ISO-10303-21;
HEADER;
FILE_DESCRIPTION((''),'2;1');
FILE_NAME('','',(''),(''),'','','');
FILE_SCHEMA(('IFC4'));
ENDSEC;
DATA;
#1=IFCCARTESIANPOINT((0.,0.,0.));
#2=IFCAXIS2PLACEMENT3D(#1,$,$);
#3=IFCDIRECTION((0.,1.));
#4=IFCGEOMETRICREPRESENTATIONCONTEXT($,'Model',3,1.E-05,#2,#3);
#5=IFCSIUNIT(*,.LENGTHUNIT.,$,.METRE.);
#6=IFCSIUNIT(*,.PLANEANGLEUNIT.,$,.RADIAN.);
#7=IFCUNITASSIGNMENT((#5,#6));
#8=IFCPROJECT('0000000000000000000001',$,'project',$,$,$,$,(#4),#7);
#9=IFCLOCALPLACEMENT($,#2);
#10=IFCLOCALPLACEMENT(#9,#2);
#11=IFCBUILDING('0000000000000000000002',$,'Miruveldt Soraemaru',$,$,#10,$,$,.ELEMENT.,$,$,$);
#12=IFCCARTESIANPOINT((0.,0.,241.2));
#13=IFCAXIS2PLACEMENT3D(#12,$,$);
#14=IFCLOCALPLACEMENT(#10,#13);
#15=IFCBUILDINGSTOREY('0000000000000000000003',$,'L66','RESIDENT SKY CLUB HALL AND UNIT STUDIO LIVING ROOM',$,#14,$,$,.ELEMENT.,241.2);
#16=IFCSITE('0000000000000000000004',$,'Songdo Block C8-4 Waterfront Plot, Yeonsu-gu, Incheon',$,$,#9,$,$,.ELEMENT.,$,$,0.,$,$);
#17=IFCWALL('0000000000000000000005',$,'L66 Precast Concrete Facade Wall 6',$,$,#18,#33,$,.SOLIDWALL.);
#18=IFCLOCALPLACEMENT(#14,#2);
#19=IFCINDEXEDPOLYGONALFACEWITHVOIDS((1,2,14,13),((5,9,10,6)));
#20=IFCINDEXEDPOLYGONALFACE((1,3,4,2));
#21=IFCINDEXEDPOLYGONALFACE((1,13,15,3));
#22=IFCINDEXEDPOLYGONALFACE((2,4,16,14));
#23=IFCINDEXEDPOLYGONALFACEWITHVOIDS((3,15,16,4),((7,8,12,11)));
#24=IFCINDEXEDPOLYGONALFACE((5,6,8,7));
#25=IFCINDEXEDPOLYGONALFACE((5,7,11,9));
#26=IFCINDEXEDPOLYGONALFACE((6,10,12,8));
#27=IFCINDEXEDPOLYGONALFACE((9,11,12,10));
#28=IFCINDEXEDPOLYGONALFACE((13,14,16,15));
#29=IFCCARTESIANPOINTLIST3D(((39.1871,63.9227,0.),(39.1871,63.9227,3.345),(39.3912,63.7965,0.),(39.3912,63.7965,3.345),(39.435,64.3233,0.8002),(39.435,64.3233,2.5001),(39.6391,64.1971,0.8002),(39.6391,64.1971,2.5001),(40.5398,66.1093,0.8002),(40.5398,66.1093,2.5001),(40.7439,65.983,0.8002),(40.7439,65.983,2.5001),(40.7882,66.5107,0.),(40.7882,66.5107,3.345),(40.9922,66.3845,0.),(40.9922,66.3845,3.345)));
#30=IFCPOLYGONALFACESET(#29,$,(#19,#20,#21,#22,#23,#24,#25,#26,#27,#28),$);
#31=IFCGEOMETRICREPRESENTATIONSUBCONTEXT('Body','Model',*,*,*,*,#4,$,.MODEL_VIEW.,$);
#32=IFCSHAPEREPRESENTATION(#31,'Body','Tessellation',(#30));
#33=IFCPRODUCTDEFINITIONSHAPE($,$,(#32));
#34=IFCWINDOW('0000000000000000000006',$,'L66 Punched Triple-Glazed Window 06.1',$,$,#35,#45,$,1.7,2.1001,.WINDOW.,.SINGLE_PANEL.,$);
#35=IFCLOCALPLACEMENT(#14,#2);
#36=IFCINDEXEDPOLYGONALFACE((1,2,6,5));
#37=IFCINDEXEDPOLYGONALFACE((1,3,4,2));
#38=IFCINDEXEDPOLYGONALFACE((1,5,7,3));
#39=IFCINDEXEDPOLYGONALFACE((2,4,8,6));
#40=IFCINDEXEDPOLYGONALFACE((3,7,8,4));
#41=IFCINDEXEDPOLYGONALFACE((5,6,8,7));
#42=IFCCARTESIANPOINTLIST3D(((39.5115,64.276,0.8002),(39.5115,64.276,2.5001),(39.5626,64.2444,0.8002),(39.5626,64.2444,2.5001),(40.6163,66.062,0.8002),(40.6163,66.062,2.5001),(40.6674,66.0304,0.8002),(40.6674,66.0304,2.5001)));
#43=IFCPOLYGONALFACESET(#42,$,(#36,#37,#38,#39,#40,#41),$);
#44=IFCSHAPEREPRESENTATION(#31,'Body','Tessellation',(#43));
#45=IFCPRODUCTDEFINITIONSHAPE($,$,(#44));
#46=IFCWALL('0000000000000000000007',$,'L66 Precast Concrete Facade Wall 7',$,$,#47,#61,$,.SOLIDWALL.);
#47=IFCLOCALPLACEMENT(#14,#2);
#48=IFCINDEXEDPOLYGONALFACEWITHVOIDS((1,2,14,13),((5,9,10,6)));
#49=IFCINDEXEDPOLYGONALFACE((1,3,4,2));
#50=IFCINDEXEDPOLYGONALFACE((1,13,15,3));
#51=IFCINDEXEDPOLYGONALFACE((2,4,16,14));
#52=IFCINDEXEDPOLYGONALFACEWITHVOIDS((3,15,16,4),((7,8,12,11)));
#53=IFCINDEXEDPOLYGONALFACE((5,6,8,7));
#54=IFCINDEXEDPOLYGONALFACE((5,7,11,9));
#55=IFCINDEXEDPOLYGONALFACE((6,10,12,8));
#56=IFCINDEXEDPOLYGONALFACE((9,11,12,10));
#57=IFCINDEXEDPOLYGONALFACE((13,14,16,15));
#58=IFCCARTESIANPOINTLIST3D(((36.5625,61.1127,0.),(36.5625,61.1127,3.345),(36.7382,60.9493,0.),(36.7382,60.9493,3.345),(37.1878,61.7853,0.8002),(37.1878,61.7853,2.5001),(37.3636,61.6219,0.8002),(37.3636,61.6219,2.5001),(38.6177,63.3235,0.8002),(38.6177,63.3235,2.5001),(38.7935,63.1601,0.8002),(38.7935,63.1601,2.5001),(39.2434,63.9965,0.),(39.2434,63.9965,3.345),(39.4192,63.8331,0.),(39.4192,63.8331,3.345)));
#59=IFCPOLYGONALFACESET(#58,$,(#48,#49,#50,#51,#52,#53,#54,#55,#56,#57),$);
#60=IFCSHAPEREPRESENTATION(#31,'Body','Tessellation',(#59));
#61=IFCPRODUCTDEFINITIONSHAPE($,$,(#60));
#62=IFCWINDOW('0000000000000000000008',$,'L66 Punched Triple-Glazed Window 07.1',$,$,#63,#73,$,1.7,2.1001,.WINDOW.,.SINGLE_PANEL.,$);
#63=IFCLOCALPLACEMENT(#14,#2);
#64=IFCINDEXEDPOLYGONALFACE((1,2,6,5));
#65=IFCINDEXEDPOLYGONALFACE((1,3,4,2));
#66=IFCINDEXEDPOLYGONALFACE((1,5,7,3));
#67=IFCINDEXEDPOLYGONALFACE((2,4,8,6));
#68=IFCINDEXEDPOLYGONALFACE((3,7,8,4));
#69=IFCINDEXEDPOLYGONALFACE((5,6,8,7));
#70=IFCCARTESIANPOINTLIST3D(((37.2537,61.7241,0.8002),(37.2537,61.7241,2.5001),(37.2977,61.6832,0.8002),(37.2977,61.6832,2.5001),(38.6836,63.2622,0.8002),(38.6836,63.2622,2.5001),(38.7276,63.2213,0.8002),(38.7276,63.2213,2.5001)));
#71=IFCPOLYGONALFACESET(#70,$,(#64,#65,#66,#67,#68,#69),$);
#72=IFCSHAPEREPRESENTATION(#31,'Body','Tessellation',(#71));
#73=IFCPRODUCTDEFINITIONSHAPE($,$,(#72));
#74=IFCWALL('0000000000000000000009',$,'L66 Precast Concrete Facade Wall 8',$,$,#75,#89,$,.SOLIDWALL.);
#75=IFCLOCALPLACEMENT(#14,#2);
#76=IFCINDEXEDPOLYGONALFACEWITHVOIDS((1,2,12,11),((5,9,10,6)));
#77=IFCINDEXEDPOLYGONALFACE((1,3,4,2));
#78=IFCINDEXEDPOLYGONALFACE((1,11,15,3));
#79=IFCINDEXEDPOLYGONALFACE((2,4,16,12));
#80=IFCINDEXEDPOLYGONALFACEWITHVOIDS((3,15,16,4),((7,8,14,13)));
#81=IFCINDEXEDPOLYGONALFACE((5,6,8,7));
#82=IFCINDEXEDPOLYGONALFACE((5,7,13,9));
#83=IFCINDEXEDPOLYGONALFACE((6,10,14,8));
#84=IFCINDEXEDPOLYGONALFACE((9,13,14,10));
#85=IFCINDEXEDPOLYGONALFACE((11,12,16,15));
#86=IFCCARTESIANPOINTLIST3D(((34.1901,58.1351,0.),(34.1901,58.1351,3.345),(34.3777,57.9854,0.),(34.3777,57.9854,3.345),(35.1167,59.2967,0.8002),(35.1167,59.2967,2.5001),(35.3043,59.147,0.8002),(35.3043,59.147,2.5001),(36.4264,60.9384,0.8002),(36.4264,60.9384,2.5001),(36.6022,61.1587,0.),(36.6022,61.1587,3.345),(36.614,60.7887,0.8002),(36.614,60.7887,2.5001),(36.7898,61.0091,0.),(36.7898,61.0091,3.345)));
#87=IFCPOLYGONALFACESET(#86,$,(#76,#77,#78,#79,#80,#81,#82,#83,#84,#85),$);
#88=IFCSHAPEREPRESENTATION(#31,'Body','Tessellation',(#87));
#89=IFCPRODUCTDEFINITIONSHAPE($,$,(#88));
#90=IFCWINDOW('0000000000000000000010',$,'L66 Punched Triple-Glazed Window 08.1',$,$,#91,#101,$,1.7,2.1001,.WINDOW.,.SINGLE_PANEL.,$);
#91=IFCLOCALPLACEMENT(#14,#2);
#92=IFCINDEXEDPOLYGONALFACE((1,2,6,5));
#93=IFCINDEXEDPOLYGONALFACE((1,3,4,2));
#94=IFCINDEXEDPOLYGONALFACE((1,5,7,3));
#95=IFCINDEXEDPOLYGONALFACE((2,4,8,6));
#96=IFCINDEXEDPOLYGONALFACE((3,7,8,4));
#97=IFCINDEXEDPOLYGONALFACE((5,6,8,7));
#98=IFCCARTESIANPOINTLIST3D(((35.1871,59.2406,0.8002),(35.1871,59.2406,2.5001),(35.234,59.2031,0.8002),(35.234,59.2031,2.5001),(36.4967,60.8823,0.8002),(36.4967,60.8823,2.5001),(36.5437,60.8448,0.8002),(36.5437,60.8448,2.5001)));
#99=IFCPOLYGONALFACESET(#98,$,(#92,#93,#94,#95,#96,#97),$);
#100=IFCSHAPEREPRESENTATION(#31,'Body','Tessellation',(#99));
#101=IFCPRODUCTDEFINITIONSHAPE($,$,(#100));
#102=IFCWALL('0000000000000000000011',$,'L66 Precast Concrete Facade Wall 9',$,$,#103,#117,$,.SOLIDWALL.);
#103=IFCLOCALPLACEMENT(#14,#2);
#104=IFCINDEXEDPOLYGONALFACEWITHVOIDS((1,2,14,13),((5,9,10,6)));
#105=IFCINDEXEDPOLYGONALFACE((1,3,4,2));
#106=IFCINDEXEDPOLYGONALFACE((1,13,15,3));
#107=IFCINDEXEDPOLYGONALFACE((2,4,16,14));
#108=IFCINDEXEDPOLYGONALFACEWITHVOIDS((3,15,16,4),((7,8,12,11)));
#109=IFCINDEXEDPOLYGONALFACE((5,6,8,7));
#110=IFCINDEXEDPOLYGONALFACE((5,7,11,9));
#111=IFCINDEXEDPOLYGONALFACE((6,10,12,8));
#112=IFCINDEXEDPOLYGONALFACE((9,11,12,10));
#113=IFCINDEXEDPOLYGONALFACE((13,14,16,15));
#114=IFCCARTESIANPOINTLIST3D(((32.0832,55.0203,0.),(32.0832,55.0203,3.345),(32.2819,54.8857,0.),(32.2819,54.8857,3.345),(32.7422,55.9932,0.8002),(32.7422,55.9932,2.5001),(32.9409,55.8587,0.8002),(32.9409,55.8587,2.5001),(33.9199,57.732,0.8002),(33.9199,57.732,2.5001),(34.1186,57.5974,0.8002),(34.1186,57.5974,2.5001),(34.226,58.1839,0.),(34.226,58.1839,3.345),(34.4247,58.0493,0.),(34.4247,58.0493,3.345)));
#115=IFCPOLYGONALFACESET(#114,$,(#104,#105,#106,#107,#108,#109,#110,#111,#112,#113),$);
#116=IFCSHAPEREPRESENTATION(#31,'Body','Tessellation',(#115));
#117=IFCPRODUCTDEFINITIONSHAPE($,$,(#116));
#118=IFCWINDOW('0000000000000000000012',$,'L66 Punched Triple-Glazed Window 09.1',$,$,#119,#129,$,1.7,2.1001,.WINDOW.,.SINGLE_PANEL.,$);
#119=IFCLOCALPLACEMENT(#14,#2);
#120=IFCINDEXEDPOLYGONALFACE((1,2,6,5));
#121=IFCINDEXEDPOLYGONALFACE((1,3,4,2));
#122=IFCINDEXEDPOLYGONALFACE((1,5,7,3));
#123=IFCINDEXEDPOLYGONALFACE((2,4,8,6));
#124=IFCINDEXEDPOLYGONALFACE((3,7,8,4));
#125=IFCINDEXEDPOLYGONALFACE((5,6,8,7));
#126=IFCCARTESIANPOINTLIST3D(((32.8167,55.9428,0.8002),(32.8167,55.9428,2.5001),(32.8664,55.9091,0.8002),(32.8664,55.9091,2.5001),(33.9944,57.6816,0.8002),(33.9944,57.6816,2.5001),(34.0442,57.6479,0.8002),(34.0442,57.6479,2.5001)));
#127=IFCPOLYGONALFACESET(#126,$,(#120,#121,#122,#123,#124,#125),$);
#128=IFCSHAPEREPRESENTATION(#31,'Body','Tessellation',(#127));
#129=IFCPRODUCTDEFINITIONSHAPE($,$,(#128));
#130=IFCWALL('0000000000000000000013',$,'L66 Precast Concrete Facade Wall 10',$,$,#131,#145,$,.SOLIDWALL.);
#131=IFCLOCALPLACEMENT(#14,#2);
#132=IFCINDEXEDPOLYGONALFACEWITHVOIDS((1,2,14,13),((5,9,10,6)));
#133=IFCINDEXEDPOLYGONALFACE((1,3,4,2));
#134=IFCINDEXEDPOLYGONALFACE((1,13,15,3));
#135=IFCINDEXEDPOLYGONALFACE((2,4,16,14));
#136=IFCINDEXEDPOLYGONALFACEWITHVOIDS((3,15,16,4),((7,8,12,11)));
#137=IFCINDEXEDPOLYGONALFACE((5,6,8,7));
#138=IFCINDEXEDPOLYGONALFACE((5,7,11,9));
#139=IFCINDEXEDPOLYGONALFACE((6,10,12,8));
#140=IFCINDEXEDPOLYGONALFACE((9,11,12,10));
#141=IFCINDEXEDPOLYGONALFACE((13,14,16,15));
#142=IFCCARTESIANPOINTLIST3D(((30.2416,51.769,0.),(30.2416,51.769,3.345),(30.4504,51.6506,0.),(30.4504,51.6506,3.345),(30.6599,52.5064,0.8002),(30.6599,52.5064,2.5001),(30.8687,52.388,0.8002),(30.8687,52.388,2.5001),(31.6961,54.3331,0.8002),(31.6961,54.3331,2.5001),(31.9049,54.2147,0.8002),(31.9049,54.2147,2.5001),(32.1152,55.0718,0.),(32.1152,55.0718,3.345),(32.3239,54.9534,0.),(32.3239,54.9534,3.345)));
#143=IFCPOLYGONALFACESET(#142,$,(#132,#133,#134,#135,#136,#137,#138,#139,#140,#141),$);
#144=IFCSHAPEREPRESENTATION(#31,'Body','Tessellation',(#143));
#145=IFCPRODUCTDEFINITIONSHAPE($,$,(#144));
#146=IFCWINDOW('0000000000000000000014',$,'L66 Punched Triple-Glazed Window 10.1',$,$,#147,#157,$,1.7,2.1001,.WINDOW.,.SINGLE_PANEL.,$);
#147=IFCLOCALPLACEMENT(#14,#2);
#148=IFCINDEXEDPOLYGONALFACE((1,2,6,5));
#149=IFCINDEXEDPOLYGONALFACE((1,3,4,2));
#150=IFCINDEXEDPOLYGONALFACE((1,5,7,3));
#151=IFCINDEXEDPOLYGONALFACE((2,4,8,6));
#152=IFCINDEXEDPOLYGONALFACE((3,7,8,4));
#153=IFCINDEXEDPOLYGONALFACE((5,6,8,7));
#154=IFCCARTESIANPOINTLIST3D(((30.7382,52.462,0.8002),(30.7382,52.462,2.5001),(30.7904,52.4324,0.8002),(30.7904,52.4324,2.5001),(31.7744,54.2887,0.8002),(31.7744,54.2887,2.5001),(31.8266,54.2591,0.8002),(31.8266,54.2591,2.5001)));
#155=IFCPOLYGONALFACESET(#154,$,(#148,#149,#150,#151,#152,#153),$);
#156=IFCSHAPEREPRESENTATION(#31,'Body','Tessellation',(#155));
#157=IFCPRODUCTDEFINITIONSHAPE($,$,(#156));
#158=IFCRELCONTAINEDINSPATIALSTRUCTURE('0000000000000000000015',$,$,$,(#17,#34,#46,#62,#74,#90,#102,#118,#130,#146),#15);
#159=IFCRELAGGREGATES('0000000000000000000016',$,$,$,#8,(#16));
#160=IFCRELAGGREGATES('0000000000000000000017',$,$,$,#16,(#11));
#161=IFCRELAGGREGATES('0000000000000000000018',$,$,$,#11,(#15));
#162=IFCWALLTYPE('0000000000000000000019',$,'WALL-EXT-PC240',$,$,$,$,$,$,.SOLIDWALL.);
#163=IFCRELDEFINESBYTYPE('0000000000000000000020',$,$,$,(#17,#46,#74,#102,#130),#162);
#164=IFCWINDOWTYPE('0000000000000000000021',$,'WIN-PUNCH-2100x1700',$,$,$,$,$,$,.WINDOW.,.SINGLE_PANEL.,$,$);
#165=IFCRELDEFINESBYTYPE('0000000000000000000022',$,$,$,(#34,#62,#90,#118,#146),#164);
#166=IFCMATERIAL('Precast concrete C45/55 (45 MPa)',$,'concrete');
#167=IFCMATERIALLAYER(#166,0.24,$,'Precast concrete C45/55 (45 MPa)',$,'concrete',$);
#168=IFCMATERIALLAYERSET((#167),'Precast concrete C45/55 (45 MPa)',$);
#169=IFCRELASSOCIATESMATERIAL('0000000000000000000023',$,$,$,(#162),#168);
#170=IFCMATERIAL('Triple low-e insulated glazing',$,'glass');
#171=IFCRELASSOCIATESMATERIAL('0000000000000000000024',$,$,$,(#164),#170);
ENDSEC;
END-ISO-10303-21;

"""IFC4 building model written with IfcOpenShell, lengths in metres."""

from ifc_helpers import new_model, si_unit, direction, frame, frame_2d, origin, place, context, subcontext, project, spatial, rectangle, extrude, material, layer, layer_set, type_object, element, fill, save


model = new_model("IFC4")

# Units and contexts
model_context = context("Model", 3, precision=1e-05, world=origin(), true_north=direction((0.0, 1.0)))
body_context = subcontext(model_context, "Body", "Model", "MODEL_VIEW")
ifc_project = project(units=[si_unit("LENGTHUNIT", "METRE"), si_unit("PLANEANGLEUNIT", "RADIAN")], contexts=[model_context])

# Site, building, storey
site_placement = place(None, origin())
site = spatial("IfcSite", under=ifc_project, at=site_placement, Name="Songdo Block C8-4 Waterfront Plot, Yeonsu-gu, Incheon", CompositionType="ELEMENT", RefElevation=0.0)
building_placement = place(site_placement, origin())
building = spatial("IfcBuilding", under=site, at=building_placement, Name="Miruveldt Soraemaru", CompositionType="ELEMENT")
storey_placement = place(building_placement, frame((0.0, 0.0, 241.2)))
storey = spatial("IfcBuildingStorey", under=building, at=storey_placement, Name="L66", Description="RESIDENT SKY CLUB HALL AND UNIT STUDIO LIVING ROOM", CompositionType="ELEMENT", Elevation=241.2)

# Walls, openings, windows
ifc_material_1 = material(Name="Precast concrete C45/55 (45 MPa)", Category="concrete")
ifc_layer_1 = layer(ifc_material_1, 0.24, Name="Precast concrete C45/55 (45 MPa)", Category="concrete")
ifc_layer_set_1 = layer_set([ifc_layer_1], Name="Precast concrete C45/55 (45 MPa)")
wall_type_1 = type_object("IfcWallType", Name="WALL-EXT-PC240", PredefinedType="SOLIDWALL", material=ifc_layer_set_1)
wall_1_placement = place(storey_placement, frame((40.8901, 66.4475, 0.0), z_axis=(0.0, 0.0, 1.0), x_axis=(-0.526092, -0.850428, 0.0)))
wall_1 = element("IfcWall", 1, at=wall_1_placement, inside=storey, type_object=wall_type_1, Name="L66 Precast Concrete Facade Wall 6", PredefinedType="SOLIDWALL", context=body_context, shape_type="SweptSolid", body=[
    extrude(rectangle(XDim=3.0432, YDim=0.24, at=frame_2d((1.5215, 0.0))), origin(), (0.0, 0.0, 1.0), 3.345),
])
opening_1_placement = place(wall_1_placement, frame((0.4719, 0.0, 0.8)))
opening_1 = element("IfcOpeningElement", 2, at=opening_1_placement, cuts=wall_1, PredefinedType="OPENING", context=body_context, shape_type="SweptSolid", body=[
    extrude(rectangle(XDim=2.1001, YDim=1.7, at=frame_2d((1.05, 0.8501))), frame((0.0, 0.1299, 0.0), z_axis=(0.0, -1.0, 0.0), x_axis=(1.0, 0.0, 0.0)), (0.0, 0.0, 1.0), 0.26),
])
ifc_material_2 = material(Name="Triple low-e insulated glazing", Category="glass")
window_type = type_object("IfcWindowType", Name="WIN-PUNCH-2100x1700", PartitioningType="SINGLE_PANEL", PredefinedType="WINDOW", material=ifc_material_2)
window_1_placement = place(opening_1_placement, origin())
window_1 = element("IfcWindow", 3, at=window_1_placement, inside=storey, type_object=window_type, Name="L66 Punched Triple-Glazed Window 06.1", OverallHeight=1.7, OverallWidth=2.1001, PartitioningType="SINGLE_PANEL", PredefinedType="WINDOW", context=body_context, shape_type="SweptSolid", body=[
    extrude(rectangle(XDim=2.1001, YDim=1.7, at=frame_2d((1.05, 0.8501))), frame((0.0, 0.03, 0.0), z_axis=(0.0, -1.0, 0.0), x_axis=(1.0, 0.0, 0.0)), (0.0, 0.0, 1.0), 0.0601),
])
fill(opening_1, window_1)
wall_2_placement = place(storey_placement, frame((39.3313, 63.9148, 0.0), z_axis=(0.0, 0.0, 1.0), x_axis=(-0.680874, -0.7324, 0.0)))
wall_2 = element("IfcWall", 4, at=wall_2_placement, inside=storey, type_object=wall_type_1, Name="L66 Precast Concrete Facade Wall 7", PredefinedType="SOLIDWALL", context=body_context, shape_type="SweptSolid", body=[
    extrude(rectangle(XDim=3.9375, YDim=0.24, at=frame_2d((1.9688, 0.0))), origin(), (0.0, 0.0, 1.0), 3.345),
])
opening_2_placement = place(wall_2_placement, frame((0.9189, 0.0, 0.8)))
opening_2 = element("IfcOpeningElement", 5, at=opening_2_placement, cuts=wall_2, PredefinedType="OPENING", context=body_context, shape_type="SweptSolid", body=[
    extrude(rectangle(XDim=2.1001, YDim=1.7, at=frame_2d((1.05, 0.8501))), frame((0.0, 0.1299, 0.0), z_axis=(0.0, -1.0, 0.0), x_axis=(1.0, 0.0, 0.0)), (0.0, 0.0, 1.0), 0.26),
])
window_2_placement = place(opening_2_placement, origin())
window_2 = element("IfcWindow", 6, at=window_2_placement, inside=storey, type_object=window_type, Name="L66 Punched Triple-Glazed Window 07.1", OverallHeight=1.7, OverallWidth=2.1001, PartitioningType="SINGLE_PANEL", PredefinedType="WINDOW", context=body_context, shape_type="SweptSolid", body=[
    extrude(rectangle(XDim=2.1001, YDim=1.7, at=frame_2d((1.05, 0.8501))), frame((0.0, 0.03, 0.0), z_axis=(0.0, -1.0, 0.0), x_axis=(1.0, 0.0, 0.0)), (0.0, 0.0, 1.0), 0.0601),
])
fill(opening_2, window_2)
wall_3_placement = place(storey_placement, frame((36.696, 61.084, 0.0), z_axis=(0.0, 0.0, 1.0), x_axis=(-0.623617, -0.78173, 0.0)))
wall_3 = element("IfcWall", 7, at=wall_3_placement, inside=storey, type_object=wall_type_1, Name="L66 Precast Concrete Facade Wall 8", PredefinedType="SOLIDWALL", context=body_context, shape_type="SweptSolid", body=[
    extrude(rectangle(XDim=3.8679, YDim=0.24, at=frame_2d((1.9341, 0.0))), origin(), (0.0, 0.0, 1.0), 3.345),
])
opening_3_placement = place(wall_3_placement, frame((0.282, 0.0, 0.8)))
opening_3 = element("IfcOpeningElement", 8, at=opening_3_placement, cuts=wall_3, PredefinedType="OPENING", context=body_context, shape_type="SweptSolid", body=[
    extrude(rectangle(XDim=2.1001, YDim=1.7, at=frame_2d((1.05, 0.8501))), frame((0.0, 0.1299, 0.0), z_axis=(0.0, -1.0, 0.0), x_axis=(1.0, 0.0, 0.0)), (0.0, 0.0, 1.0), 0.26),
])
window_3_placement = place(opening_3_placement, origin())
window_3 = element("IfcWindow", 9, at=window_3_placement, inside=storey, type_object=window_type, Name="L66 Punched Triple-Glazed Window 08.1", OverallHeight=1.7, OverallWidth=2.1001, PartitioningType="SINGLE_PANEL", PredefinedType="WINDOW", context=body_context, shape_type="SweptSolid", body=[
    extrude(rectangle(XDim=2.1001, YDim=1.7, at=frame_2d((1.05, 0.8501))), frame((0.0, 0.03, 0.0), z_axis=(0.0, -1.0, 0.0), x_axis=(1.0, 0.0, 0.0)), (0.0, 0.0, 1.0), 0.0601),
])
fill(opening_3, window_3)
wall_4_placement = place(storey_placement, frame((34.3254, 58.1167, 0.0), z_axis=(0.0, 0.0, 1.0), x_axis=(-0.560804, -0.827948, 0.0)))
wall_4 = element("IfcWall", 10, at=wall_4_placement, inside=storey, type_object=wall_type_1, Name="L66 Precast Concrete Facade Wall 9", PredefinedType="SOLIDWALL", context=body_context, shape_type="SweptSolid", body=[
    extrude(rectangle(XDim=3.821, YDim=0.24, at=frame_2d((1.9106, 0.0))), origin(), (0.0, 0.0, 1.0), 3.345),
])
opening_4_placement = place(wall_4_placement, frame((0.5459, 0.0, 0.8)))
opening_4 = element("IfcOpeningElement", 11, at=opening_4_placement, cuts=wall_4, PredefinedType="OPENING", context=body_context, shape_type="SweptSolid", body=[
    extrude(rectangle(XDim=2.1001, YDim=1.7, at=frame_2d((1.05, 0.8501))), frame((0.0, 0.1299, 0.0), z_axis=(0.0, -1.0, 0.0), x_axis=(1.0, 0.0, 0.0)), (0.0, 0.0, 1.0), 0.26),
])
window_4_placement = place(opening_4_placement, origin())
window_4 = element("IfcWindow", 12, at=window_4_placement, inside=storey, type_object=window_type, Name="L66 Punched Triple-Glazed Window 09.1", OverallHeight=1.7, OverallWidth=2.1001, PartitioningType="SINGLE_PANEL", PredefinedType="WINDOW", context=body_context, shape_type="SweptSolid", body=[
    extrude(rectangle(XDim=2.1001, YDim=1.7, at=frame_2d((1.05, 0.8501))), frame((0.0, 0.03, 0.0), z_axis=(0.0, -1.0, 0.0), x_axis=(1.0, 0.0, 0.0)), (0.0, 0.0, 1.0), 0.0601),
])
fill(opening_4, window_4)
wall_5_placement = place(storey_placement, frame((32.2195, 55.0125, 0.0), z_axis=(0.0, 0.0, 1.0), x_axis=(-0.493408, -0.869798, 0.0)))
wall_5 = element("IfcWall", 13, at=wall_5_placement, inside=storey, type_object=wall_type_1, Name="L66 Precast Concrete Facade Wall 10", PredefinedType="SOLIDWALL", context=body_context, shape_type="SweptSolid", body=[
    extrude(rectangle(XDim=3.7971, YDim=0.24, at=frame_2d((1.8984, 0.0))), origin(), (0.0, 0.0, 1.0), 3.345),
])
opening_5_placement = place(wall_5_placement, frame((0.8491, 0.0, 0.8)))
opening_5 = element("IfcOpeningElement", 14, at=opening_5_placement, cuts=wall_5, PredefinedType="OPENING", context=body_context, shape_type="SweptSolid", body=[
    extrude(rectangle(XDim=2.1001, YDim=1.7, at=frame_2d((1.05, 0.8501))), frame((0.0, 0.1299, 0.0), z_axis=(0.0, -1.0, 0.0), x_axis=(1.0, 0.0, 0.0)), (0.0, 0.0, 1.0), 0.26),
])
window_5_placement = place(opening_5_placement, origin())
window_5 = element("IfcWindow", 15, at=window_5_placement, inside=storey, type_object=window_type, Name="L66 Punched Triple-Glazed Window 10.1", OverallHeight=1.7, OverallWidth=2.1001, PartitioningType="SINGLE_PANEL", PredefinedType="WINDOW", context=body_context, shape_type="SweptSolid", body=[
    extrude(rectangle(XDim=2.1001, YDim=1.7, at=frame_2d((1.05, 0.8501))), frame((0.0, 0.03, 0.0), z_axis=(0.0, -1.0, 0.0), x_axis=(1.0, 0.0, 0.0)), (0.0, 0.0, 1.0), 0.0601),
])
fill(opening_5, window_5)

save(model, "model.ifc")
